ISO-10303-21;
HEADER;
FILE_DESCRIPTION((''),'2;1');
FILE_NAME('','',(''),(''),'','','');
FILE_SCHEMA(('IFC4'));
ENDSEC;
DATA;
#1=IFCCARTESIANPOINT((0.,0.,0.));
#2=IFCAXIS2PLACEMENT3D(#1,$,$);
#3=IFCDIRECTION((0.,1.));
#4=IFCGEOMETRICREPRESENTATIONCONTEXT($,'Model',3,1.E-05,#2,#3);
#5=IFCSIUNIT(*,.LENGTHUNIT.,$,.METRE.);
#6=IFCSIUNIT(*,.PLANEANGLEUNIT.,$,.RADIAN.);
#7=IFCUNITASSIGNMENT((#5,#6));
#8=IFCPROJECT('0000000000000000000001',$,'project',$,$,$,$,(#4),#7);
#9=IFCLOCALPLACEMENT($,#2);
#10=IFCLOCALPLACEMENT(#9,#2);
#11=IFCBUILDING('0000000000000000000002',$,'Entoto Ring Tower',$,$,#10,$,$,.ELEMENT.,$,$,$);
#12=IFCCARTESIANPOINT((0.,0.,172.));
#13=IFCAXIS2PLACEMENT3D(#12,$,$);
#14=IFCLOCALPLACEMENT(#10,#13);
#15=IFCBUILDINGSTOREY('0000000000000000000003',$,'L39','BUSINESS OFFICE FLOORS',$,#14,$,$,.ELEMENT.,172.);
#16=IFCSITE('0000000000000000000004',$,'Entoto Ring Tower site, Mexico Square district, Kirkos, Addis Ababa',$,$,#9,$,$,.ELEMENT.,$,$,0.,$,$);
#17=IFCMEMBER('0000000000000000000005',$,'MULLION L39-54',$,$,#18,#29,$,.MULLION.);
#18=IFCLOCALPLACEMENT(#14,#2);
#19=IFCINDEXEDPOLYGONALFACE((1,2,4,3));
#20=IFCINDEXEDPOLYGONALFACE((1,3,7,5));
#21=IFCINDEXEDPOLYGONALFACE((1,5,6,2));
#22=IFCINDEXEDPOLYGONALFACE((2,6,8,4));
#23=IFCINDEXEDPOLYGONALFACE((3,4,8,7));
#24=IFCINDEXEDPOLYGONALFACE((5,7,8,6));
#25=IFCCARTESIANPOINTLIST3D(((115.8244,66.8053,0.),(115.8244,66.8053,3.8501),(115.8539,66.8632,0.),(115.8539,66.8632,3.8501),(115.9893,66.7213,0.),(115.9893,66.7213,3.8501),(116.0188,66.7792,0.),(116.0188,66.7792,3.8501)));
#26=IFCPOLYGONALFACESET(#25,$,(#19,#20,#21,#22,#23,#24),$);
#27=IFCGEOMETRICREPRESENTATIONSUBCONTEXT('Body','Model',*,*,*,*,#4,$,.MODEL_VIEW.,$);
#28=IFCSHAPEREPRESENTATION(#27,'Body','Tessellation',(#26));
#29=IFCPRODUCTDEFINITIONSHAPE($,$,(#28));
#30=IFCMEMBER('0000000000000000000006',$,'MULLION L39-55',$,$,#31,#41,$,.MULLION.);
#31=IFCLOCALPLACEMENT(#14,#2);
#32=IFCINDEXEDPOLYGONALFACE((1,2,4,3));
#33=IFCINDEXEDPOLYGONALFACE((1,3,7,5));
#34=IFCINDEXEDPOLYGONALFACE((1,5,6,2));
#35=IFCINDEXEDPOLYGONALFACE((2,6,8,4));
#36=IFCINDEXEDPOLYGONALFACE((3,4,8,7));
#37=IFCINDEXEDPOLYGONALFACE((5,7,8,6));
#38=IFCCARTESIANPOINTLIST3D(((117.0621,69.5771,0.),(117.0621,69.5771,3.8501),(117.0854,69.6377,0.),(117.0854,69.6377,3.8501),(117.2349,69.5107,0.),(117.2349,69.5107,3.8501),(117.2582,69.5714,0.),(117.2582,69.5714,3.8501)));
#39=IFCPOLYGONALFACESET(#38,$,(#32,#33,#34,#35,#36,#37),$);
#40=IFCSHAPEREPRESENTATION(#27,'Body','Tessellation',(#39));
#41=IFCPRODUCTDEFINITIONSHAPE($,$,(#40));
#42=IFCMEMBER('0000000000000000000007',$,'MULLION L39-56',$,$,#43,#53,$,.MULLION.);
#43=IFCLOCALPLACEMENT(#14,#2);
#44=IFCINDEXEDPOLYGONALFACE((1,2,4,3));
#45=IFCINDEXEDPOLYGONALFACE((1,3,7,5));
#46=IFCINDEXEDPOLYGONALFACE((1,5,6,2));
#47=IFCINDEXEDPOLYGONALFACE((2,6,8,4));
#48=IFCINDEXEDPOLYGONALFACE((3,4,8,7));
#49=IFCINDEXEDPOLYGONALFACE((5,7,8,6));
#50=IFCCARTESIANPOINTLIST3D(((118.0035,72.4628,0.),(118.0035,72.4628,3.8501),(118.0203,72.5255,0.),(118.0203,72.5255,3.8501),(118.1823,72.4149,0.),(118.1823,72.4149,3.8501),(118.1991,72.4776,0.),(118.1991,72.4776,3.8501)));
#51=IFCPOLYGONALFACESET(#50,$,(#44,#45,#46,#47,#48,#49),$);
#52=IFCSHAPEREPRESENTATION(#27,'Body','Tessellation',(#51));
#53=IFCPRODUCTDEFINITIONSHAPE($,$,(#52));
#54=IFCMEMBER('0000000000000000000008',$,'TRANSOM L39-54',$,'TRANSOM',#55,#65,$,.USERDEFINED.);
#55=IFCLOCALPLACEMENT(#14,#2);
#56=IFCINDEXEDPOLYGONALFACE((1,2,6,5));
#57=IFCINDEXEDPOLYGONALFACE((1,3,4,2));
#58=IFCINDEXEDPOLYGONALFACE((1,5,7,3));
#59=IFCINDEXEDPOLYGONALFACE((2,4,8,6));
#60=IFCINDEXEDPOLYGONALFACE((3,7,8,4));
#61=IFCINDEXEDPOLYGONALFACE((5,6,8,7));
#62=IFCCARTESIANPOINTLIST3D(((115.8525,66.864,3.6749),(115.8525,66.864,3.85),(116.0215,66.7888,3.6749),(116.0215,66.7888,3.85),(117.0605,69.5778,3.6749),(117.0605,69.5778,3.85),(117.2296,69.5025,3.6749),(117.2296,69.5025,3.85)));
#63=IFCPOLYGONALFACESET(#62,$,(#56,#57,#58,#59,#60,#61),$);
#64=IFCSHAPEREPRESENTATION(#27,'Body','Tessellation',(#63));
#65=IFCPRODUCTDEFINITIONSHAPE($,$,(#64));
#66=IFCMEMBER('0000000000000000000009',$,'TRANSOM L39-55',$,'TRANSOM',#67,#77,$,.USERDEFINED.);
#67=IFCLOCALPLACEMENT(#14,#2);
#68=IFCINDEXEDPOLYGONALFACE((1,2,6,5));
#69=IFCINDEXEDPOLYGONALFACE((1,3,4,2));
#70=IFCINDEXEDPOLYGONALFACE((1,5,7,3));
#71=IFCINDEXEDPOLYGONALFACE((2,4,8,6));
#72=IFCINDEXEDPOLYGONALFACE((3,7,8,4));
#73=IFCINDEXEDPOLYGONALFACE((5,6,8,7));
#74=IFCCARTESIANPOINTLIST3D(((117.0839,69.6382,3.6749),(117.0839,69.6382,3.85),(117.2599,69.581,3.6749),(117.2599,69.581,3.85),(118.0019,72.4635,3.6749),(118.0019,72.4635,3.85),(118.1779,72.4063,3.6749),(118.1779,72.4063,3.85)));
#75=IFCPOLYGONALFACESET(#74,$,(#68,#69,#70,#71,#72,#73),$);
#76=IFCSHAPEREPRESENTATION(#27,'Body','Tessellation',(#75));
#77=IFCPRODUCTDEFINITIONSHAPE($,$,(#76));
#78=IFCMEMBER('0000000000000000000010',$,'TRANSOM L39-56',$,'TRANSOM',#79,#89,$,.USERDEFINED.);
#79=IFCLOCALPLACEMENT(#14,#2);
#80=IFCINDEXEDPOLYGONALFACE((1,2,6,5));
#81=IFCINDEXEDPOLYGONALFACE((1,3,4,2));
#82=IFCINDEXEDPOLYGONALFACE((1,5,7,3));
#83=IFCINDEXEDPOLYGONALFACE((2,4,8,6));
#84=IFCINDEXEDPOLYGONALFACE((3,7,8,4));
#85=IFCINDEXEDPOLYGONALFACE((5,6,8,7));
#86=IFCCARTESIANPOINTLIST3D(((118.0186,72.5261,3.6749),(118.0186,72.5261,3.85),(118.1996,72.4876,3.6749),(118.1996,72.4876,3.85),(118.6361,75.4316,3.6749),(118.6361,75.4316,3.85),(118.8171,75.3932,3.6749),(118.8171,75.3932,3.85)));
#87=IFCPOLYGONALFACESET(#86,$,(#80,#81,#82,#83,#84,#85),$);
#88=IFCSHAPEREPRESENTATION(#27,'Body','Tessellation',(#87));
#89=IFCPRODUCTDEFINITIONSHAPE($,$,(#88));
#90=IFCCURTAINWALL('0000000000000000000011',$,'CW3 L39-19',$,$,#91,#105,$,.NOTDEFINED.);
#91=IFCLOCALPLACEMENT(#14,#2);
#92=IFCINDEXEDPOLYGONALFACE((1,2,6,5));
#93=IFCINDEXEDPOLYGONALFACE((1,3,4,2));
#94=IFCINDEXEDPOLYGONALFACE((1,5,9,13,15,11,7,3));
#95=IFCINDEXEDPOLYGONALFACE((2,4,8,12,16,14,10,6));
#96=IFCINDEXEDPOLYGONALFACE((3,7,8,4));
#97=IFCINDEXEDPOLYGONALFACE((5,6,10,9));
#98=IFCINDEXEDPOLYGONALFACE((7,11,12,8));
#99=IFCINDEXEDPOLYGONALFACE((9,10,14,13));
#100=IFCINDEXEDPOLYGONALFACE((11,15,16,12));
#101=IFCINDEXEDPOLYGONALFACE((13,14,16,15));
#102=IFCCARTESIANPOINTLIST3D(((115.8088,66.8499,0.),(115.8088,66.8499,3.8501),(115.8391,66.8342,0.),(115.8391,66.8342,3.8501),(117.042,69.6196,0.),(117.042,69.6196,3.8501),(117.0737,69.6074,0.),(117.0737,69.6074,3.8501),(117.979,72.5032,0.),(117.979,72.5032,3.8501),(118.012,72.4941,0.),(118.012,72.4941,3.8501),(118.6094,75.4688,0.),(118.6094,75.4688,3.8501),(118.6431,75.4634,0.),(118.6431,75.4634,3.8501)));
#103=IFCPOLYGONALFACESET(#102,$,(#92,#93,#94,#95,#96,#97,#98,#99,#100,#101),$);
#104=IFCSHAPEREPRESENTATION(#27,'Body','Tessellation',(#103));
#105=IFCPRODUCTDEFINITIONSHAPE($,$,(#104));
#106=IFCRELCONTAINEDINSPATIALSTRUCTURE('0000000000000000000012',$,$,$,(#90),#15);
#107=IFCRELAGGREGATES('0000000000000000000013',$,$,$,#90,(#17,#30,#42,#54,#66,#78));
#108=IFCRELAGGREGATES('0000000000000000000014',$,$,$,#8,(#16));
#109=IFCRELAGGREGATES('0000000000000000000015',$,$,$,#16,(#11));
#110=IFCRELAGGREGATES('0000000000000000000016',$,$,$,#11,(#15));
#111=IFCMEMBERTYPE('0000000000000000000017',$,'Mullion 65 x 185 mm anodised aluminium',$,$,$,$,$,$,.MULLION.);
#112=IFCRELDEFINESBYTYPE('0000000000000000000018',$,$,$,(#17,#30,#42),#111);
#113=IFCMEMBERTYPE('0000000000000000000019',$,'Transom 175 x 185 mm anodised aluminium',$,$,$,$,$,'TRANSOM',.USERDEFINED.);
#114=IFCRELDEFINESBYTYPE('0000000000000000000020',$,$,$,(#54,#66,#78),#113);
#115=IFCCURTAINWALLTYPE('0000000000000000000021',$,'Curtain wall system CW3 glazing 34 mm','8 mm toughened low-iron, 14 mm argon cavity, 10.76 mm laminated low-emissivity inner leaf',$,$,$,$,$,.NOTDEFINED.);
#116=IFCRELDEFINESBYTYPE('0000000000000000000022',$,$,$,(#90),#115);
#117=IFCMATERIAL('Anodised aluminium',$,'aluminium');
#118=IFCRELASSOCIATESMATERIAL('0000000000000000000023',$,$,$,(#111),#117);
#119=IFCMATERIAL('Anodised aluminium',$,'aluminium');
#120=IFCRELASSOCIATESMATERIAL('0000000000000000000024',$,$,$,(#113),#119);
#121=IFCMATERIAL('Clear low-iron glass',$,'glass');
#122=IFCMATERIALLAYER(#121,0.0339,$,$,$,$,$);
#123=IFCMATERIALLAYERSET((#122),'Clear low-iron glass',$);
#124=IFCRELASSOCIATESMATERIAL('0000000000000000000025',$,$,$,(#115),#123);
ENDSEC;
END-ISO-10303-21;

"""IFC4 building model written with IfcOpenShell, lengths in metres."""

from ifc_helpers import new_model, si_unit, direction, frame, origin, origin_2d, place, context, subcontext, project, spatial, polyline, rectangle, outline, extrude, material, layer, layer_set, material_profile, profile_set, type_object, element, aggregate, save


model = new_model("IFC4")

# Units and contexts
model_context = context("Model", 3, precision=1e-05, world=origin(), true_north=direction((0.0, 1.0)))
body_context = subcontext(model_context, "Body", "Model", "MODEL_VIEW")
ifc_project = project(units=[si_unit("LENGTHUNIT", "METRE"), si_unit("PLANEANGLEUNIT", "RADIAN")], contexts=[model_context])

# Members
ifc_material_1 = material(Name="Anodised aluminium", Category="aluminium")
ifc_material_profile_1 = material_profile(ifc_material_1, rectangle(XDim=0.0649, YDim=0.1851, at=origin_2d()), Name="Mullion 65 x 185 mm anodised aluminium")
ifc_profile_set_1 = profile_set([ifc_material_profile_1], Name="Anodised aluminium")
member_type_1 = type_object("IfcMemberType", Name="Mullion 65 x 185 mm anodised aluminium", PredefinedType="MULLION", material=ifc_profile_set_1)
site_placement = place(None, origin())
building_placement = place(site_placement, origin())
storey_placement = place(building_placement, frame((0.0, 0.0, 172.0)))
member_1_placement = place(storey_placement, frame((115.9216, 66.7922, 0.0), z_axis=(0.0, 0.0, 1.0), x_axis=(0.45399, 0.891007, 0.0)))
member_1 = element("IfcMember", 1, at=member_1_placement, type_object=member_type_1, Name="MULLION L39-54", PredefinedType="MULLION", context=body_context, shape_type="SweptSolid", body=[
    extrude(rectangle(XDim=0.0649, YDim=0.1851, at=origin_2d()), origin(), (0.0, 0.0, 1.0), 3.8501),
])
member_2_placement = place(storey_placement, frame((117.1602, 69.5742, 0.0), z_axis=(0.0, 0.0, 1.0), x_axis=(0.358368, 0.93358, 0.0)))
member_2 = element("IfcMember", 2, at=member_2_placement, type_object=member_type_1, Name="MULLION L39-55", PredefinedType="MULLION", context=body_context, shape_type="SweptSolid", body=[
    extrude(rectangle(XDim=0.0649, YDim=0.1851, at=origin_2d()), origin(), (0.0, 0.0, 1.0), 3.8501),
])
member_3_placement = place(storey_placement, frame((118.1013, 72.4702, 0.0), z_axis=(0.0, 0.0, 1.0), x_axis=(0.258819, 0.965926, 0.0)))
member_3 = element("IfcMember", 3, at=member_3_placement, type_object=member_type_1, Name="MULLION L39-56", PredefinedType="MULLION", context=body_context, shape_type="SweptSolid", body=[
    extrude(rectangle(XDim=0.0649, YDim=0.1851, at=origin_2d()), origin(), (0.0, 0.0, 1.0), 3.8501),
])
ifc_material_2 = material(Name="Anodised aluminium", Category="aluminium")
ifc_material_profile_2 = material_profile(ifc_material_2, rectangle(XDim=0.1851, YDim=0.175, at=origin_2d()), Name="Transom 175 x 185 mm anodised aluminium")
ifc_profile_set_2 = profile_set([ifc_material_profile_2], Name="Anodised aluminium")
member_type_2 = type_object("IfcMemberType", Name="Transom 175 x 185 mm anodised aluminium", ElementType="TRANSOM", PredefinedType="USERDEFINED", material=ifc_profile_set_2)
member_4_placement = place(storey_placement, frame((115.937, 66.8264, 3.7625), z_axis=(0.406687, 0.913567, 0.0), x_axis=(-0.913567, 0.406687, 0.0)))
member_4 = element("IfcMember", 4, at=member_4_placement, type_object=member_type_2, Name="TRANSOM L39-54", ObjectType="TRANSOM", PredefinedType="USERDEFINED", context=body_context, shape_type="SweptSolid", body=[
    extrude(rectangle(XDim=0.1851, YDim=0.175, at=origin_2d()), origin(), (0.0, 0.0, 1.0), 2.9705),
])
member_5_placement = place(storey_placement, frame((117.1719, 69.6096, 3.7625), z_axis=(0.309019, 0.951056, 0.0), x_axis=(-0.951056, 0.309019, 0.0)))
member_5 = element("IfcMember", 5, at=member_5_placement, type_object=member_type_2, Name="TRANSOM L39-55", ObjectType="TRANSOM", PredefinedType="USERDEFINED", context=body_context, shape_type="SweptSolid", body=[
    extrude(rectangle(XDim=0.1851, YDim=0.175, at=origin_2d()), origin(), (0.0, 0.0, 1.0), 2.9707),
])
member_6_placement = place(storey_placement, frame((118.1091, 72.5068, 3.7625), z_axis=(0.207862, 0.978158, 0.0), x_axis=(-0.978158, 0.207862, 0.0)))
member_6 = element("IfcMember", 6, at=member_6_placement, type_object=member_type_2, Name="TRANSOM L39-56", ObjectType="TRANSOM", PredefinedType="USERDEFINED", context=body_context, shape_type="SweptSolid", body=[
    extrude(rectangle(XDim=0.1851, YDim=0.175, at=origin_2d()), origin(), (0.0, 0.0, 1.0), 2.9705),
])

# Site, building, storey
site = spatial("IfcSite", under=ifc_project, at=site_placement, Name="Entoto Ring Tower site, Mexico Square district, Kirkos, Addis Ababa", CompositionType="ELEMENT", RefElevation=0.0)
building = spatial("IfcBuilding", under=site, at=building_placement, Name="Entoto Ring Tower", CompositionType="ELEMENT")
storey = spatial("IfcBuildingStorey", under=building, at=storey_placement, Name="L39", Description="BUSINESS OFFICE FLOORS", CompositionType="ELEMENT", Elevation=172.0)

# Curtain wall
ifc_material_3 = material(Name="Clear low-iron glass", Category="glass")
ifc_layer_1 = layer(ifc_material_3, 0.0339)
ifc_layer_set_1 = layer_set([ifc_layer_1], Name="Clear low-iron glass")
curtain_wall_type = type_object("IfcCurtainWallType", Name="Curtain wall system CW3 glazing 34 mm", Description="8 mm toughened low-iron, 14 mm argon cavity, 10.76 mm laminated low-emissivity inner leaf", PredefinedType="NOTDEFINED", material=ifc_layer_set_1)
curtain_wall_1_placement = place(storey_placement, origin())
curtain_wall_1 = element("IfcCurtainWall", 7, at=curtain_wall_1_placement, inside=storey, type_object=curtain_wall_type, Name="CW3 L39-19", PredefinedType="NOTDEFINED", context=body_context, shape_type="SweptSolid", body=[
    extrude(outline(polyline([(115.8391, 66.8342), (117.0737, 69.6074), (118.012, 72.4941), (118.6431, 75.4634), (118.6094, 75.4688), (117.979, 72.5032), (117.042, 69.6196), (115.8088, 66.8499), (115.8391, 66.8342)])), origin(), (0.0, 0.0, 1.0), 3.8501),
])
aggregate(curtain_wall_1, [member_1, member_2, member_3, member_4, member_5, member_6])

save(model, "model.ifc")
